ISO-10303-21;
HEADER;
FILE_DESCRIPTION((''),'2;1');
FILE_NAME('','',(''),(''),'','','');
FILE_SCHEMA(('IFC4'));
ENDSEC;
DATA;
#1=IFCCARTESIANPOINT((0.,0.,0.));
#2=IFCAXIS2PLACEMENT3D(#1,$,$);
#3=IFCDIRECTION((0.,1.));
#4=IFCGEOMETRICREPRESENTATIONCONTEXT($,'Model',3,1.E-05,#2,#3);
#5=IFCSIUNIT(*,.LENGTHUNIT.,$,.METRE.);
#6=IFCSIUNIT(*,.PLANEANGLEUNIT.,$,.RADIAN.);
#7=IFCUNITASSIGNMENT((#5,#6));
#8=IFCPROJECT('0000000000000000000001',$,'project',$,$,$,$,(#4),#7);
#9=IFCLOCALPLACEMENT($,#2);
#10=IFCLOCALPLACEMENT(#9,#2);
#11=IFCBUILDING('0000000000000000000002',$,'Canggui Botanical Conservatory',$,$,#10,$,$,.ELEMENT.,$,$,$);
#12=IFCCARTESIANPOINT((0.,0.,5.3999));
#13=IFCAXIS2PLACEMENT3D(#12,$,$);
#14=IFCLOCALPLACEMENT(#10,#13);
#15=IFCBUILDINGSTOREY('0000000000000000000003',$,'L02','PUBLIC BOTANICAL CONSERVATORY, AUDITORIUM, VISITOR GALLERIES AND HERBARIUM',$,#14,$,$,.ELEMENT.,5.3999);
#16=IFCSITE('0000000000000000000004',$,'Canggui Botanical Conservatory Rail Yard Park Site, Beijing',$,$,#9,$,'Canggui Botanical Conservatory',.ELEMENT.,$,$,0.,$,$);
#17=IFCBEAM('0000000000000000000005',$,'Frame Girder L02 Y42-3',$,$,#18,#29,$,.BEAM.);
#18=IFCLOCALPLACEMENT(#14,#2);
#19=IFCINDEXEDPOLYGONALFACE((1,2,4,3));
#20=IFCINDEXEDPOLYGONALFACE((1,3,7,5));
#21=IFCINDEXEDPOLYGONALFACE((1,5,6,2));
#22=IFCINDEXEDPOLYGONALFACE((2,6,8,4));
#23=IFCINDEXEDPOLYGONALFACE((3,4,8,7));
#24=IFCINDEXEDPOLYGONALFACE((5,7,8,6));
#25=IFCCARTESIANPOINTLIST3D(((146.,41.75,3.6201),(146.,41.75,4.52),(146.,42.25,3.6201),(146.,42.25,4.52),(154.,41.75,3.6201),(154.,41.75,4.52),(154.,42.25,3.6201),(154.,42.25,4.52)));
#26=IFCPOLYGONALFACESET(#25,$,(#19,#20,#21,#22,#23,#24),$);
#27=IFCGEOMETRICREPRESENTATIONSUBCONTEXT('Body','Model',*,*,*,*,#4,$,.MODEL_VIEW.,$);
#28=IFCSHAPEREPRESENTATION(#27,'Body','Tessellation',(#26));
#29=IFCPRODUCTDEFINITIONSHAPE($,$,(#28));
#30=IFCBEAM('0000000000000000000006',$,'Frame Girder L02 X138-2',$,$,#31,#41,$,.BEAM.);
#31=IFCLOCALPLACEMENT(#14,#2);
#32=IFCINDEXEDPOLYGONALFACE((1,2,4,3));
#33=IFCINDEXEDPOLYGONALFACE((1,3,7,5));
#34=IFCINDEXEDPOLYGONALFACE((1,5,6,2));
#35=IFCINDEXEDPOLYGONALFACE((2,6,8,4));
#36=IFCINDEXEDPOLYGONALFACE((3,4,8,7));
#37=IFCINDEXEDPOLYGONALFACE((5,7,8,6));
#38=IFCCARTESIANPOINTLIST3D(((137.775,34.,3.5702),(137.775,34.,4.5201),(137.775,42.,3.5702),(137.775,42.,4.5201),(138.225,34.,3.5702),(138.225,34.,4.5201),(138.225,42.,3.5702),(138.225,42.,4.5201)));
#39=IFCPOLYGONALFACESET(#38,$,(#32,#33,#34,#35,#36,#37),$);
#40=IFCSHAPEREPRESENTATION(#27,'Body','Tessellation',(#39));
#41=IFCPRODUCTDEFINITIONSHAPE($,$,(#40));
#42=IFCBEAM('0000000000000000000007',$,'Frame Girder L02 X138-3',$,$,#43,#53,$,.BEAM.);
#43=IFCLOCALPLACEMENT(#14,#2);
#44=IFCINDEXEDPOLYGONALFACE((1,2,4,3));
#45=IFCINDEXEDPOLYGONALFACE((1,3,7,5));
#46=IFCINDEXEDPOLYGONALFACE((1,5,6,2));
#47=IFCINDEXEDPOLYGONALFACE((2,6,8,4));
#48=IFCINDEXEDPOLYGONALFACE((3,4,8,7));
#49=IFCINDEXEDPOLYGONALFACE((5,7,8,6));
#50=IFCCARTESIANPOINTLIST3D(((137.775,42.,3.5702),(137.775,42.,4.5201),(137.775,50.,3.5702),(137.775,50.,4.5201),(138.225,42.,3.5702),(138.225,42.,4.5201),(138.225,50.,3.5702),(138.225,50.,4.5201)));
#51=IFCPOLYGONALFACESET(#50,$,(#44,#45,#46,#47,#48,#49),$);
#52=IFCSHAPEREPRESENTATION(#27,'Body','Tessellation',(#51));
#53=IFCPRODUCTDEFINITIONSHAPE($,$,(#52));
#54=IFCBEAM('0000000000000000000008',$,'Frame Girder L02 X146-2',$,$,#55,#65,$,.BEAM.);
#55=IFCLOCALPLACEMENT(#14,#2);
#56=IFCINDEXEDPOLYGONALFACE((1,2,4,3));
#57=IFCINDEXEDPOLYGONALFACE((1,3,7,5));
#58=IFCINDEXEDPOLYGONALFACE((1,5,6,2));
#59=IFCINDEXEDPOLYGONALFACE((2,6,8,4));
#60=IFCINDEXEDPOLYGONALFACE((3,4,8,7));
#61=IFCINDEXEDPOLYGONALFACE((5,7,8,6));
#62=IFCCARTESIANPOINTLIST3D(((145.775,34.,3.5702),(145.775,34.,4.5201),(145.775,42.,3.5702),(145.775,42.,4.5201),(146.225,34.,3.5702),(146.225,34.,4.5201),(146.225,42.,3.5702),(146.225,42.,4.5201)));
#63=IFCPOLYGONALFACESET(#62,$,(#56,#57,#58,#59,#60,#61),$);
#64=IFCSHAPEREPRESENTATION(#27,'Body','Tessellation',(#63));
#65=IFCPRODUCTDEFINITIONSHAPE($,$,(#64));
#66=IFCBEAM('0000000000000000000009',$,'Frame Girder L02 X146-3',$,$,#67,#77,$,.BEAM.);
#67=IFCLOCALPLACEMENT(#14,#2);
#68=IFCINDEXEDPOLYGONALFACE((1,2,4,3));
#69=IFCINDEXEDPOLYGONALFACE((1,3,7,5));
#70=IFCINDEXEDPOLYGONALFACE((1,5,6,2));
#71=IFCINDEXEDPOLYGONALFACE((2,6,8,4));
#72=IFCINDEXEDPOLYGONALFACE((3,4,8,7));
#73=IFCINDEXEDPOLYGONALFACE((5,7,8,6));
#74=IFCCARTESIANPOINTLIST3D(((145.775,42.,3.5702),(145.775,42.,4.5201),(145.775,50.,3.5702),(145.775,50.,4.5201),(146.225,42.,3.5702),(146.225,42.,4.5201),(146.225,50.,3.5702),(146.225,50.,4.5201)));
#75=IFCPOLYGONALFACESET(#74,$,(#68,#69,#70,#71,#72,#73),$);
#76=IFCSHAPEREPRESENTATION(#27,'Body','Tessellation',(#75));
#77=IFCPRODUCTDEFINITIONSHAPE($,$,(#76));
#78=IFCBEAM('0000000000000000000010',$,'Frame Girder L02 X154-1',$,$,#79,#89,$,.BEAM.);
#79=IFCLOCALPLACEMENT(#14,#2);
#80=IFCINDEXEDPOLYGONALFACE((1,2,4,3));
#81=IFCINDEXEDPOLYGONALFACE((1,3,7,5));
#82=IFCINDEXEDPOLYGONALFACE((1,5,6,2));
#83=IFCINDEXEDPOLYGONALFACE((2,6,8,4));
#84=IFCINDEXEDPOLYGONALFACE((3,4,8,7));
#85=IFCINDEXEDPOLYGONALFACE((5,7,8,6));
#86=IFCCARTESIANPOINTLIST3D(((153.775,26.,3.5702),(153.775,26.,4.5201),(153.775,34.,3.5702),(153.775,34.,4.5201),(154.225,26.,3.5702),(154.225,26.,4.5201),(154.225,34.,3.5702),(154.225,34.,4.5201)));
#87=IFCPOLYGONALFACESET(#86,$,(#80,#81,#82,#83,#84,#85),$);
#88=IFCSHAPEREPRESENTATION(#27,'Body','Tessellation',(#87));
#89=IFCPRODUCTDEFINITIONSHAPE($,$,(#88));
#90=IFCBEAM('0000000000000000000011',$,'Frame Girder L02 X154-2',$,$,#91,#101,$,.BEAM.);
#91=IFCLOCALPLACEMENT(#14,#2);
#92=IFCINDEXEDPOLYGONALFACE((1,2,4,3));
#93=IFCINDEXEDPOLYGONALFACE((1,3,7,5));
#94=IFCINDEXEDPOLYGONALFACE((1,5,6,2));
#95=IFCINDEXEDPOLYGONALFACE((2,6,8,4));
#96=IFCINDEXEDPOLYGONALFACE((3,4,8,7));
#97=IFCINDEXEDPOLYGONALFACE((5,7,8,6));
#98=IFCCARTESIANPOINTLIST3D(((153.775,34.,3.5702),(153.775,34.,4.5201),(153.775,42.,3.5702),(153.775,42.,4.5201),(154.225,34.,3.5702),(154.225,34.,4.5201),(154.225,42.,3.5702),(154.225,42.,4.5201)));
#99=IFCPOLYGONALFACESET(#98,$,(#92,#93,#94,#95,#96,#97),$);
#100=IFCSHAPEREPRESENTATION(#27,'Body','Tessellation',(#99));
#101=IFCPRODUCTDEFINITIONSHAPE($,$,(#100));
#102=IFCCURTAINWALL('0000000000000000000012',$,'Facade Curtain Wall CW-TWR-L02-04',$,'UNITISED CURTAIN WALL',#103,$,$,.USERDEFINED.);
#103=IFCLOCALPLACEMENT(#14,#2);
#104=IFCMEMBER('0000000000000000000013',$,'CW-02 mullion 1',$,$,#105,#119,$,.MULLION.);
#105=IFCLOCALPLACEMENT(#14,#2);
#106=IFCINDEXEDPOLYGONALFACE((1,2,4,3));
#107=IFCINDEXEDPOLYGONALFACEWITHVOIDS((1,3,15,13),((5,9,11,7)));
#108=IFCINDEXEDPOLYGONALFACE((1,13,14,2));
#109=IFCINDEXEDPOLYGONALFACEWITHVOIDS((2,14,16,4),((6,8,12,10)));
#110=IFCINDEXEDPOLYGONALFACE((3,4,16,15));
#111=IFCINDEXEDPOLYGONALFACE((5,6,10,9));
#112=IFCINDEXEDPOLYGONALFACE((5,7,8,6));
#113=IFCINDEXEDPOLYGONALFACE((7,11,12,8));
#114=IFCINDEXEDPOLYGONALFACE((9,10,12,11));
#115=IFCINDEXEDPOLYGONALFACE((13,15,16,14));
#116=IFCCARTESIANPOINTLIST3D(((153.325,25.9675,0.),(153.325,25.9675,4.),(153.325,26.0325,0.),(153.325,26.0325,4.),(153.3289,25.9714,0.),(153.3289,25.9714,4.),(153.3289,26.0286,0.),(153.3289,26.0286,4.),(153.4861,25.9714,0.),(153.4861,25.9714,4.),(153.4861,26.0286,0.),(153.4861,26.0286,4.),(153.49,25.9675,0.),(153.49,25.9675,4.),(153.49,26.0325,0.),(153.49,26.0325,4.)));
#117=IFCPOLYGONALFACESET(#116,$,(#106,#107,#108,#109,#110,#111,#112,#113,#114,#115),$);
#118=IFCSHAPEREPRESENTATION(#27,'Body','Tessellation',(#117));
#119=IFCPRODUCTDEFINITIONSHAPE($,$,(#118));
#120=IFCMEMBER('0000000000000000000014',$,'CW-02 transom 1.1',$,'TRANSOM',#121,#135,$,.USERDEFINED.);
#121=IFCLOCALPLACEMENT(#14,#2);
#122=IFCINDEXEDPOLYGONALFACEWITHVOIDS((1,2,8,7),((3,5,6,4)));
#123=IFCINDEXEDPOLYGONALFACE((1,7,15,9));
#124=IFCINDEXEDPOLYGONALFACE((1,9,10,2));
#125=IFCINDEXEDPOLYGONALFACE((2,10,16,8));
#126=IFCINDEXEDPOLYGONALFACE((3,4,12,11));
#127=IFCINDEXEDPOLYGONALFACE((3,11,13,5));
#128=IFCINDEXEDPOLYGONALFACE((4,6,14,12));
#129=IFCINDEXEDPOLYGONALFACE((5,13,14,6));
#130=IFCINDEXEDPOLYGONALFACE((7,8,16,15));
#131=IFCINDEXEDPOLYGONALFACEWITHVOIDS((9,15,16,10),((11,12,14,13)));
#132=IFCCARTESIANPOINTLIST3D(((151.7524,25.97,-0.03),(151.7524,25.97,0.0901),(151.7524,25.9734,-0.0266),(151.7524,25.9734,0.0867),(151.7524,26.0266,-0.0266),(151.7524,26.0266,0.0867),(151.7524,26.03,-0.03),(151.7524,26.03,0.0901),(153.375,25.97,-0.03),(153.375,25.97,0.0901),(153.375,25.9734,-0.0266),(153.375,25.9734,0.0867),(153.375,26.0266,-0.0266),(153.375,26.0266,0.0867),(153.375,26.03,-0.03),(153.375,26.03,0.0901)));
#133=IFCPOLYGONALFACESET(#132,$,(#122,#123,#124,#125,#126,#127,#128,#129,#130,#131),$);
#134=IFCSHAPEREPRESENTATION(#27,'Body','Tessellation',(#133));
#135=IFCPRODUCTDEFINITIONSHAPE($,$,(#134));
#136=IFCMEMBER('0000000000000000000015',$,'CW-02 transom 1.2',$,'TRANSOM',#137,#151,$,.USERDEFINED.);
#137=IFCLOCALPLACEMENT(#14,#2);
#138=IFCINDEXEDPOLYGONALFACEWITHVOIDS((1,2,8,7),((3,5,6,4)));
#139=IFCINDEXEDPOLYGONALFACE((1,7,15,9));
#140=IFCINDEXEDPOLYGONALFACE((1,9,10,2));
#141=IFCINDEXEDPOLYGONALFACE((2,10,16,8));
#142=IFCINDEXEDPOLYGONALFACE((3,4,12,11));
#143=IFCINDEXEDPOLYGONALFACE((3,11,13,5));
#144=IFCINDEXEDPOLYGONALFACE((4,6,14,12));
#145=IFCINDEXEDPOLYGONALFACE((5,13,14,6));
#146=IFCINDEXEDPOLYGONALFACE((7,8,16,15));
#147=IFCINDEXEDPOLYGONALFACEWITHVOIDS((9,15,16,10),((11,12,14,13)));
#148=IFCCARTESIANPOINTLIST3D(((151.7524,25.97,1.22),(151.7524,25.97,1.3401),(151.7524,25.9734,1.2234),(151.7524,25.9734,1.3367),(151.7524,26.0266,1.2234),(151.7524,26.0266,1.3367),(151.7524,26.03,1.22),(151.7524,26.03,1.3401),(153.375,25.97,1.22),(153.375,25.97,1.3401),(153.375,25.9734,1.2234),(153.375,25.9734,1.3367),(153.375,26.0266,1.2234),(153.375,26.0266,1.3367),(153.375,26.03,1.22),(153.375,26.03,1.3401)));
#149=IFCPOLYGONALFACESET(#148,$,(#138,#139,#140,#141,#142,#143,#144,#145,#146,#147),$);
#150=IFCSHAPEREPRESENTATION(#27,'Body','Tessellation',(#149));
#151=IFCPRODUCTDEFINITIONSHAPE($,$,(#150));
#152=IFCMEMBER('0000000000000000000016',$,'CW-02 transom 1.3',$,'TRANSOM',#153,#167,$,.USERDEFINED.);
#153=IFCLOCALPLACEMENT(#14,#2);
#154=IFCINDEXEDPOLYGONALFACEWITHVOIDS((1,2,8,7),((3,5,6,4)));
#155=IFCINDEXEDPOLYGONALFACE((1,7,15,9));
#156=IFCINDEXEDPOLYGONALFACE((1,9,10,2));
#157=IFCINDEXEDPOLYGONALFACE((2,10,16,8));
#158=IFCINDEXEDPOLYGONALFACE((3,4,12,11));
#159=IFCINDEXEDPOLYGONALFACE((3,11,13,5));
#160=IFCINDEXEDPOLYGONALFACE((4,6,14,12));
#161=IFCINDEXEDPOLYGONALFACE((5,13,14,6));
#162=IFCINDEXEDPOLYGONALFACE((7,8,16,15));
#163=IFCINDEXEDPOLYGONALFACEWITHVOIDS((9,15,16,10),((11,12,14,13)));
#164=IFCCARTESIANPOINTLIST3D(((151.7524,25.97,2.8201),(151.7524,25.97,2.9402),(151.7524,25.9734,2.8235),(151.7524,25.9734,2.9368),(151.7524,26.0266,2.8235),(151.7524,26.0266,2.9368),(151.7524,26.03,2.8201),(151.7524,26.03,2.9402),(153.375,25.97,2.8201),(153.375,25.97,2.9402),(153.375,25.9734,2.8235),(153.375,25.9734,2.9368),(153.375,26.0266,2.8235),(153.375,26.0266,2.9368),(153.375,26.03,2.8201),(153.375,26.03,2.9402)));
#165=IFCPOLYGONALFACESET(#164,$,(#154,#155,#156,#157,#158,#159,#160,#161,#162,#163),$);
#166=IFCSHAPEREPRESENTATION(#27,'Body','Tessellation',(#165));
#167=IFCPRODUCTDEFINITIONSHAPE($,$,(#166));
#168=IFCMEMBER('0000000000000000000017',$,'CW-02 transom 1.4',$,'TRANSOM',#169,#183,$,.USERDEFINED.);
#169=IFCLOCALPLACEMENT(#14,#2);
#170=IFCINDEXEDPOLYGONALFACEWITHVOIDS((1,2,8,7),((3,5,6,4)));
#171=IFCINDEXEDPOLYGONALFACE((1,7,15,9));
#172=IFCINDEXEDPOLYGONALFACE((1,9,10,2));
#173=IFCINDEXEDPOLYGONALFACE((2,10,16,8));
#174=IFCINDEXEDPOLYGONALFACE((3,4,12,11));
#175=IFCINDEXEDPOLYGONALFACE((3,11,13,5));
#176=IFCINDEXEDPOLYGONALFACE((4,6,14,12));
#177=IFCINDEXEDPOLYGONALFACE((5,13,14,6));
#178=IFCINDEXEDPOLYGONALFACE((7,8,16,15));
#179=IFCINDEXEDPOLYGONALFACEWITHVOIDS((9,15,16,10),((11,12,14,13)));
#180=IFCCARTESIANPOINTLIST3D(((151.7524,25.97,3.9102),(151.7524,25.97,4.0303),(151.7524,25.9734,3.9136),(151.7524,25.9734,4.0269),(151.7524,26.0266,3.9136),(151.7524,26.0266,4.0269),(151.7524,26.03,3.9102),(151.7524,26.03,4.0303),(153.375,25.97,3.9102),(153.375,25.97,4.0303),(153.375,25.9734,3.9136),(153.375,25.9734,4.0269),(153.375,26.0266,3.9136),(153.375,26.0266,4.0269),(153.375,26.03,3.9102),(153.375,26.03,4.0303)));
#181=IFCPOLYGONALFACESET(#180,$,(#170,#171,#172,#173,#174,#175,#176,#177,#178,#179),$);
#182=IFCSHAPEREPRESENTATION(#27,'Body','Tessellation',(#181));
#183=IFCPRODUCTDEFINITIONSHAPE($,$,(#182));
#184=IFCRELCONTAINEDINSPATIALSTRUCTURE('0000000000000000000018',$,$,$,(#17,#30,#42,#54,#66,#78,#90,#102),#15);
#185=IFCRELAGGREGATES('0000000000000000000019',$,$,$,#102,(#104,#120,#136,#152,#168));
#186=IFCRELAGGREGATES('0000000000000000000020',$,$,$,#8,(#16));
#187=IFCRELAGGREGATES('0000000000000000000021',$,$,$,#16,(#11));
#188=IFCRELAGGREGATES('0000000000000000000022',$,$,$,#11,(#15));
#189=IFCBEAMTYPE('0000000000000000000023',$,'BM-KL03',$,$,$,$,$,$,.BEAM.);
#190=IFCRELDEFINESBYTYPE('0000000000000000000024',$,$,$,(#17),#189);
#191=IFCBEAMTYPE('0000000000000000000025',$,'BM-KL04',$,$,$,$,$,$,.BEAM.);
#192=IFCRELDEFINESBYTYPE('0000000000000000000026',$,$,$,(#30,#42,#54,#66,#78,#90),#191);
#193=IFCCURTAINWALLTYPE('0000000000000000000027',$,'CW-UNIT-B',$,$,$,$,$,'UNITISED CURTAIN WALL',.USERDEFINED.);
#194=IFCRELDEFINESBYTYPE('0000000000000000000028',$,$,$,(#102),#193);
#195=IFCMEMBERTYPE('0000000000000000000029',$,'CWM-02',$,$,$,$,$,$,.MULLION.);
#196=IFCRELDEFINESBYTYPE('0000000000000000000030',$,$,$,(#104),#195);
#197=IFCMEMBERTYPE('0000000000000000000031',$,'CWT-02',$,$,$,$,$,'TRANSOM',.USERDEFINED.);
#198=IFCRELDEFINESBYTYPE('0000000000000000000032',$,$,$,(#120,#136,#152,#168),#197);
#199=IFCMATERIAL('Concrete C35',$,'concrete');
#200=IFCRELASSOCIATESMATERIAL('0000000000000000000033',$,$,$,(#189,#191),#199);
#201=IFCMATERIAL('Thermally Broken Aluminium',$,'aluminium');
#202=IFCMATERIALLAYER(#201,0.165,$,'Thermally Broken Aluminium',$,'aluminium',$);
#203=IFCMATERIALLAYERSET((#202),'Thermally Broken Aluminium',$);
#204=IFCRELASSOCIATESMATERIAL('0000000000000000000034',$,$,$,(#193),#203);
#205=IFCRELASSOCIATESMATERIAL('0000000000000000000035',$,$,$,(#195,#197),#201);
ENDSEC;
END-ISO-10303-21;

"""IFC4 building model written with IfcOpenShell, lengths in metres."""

from ifc_helpers import new_model, si_unit, direction, frame, origin, origin_2d, place, context, subcontext, project, spatial, rectangle, hollow_rectangle, extrude, material, layer, layer_set, material_profile, profile_set, type_object, element, aggregate, save


model = new_model("IFC4")

# Units and contexts
model_context = context("Model", 3, precision=1e-05, world=origin(), true_north=direction((0.0, 1.0)))
body_context = subcontext(model_context, "Body", "Model", "MODEL_VIEW")
ifc_project = project(units=[si_unit("LENGTHUNIT", "METRE"), si_unit("PLANEANGLEUNIT", "RADIAN")], contexts=[model_context])

# Site, building, storey
site_placement = place(None, origin())
site = spatial("IfcSite", under=ifc_project, at=site_placement, Name="Canggui Botanical Conservatory Rail Yard Park Site, Beijing", LongName="Canggui Botanical Conservatory", CompositionType="ELEMENT", RefElevation=0.0)
building_placement = place(site_placement, origin())
building = spatial("IfcBuilding", under=site, at=building_placement, Name="Canggui Botanical Conservatory", CompositionType="ELEMENT")
storey_placement = place(building_placement, frame((0.0, 0.0, 5.3999)))
storey = spatial("IfcBuildingStorey", under=building, at=storey_placement, Name="L02", Description="PUBLIC BOTANICAL CONSERVATORY, AUDITORIUM, VISITOR GALLERIES AND HERBARIUM", CompositionType="ELEMENT", Elevation=5.3999)

# Beams
ifc_material_1 = material(Name="Concrete C35", Category="concrete")
ifc_material_profile_1 = material_profile(ifc_material_1, rectangle(XDim=0.5, YDim=0.8999, at=origin_2d()), Name="RB 500x900")
ifc_profile_set_1 = profile_set([ifc_material_profile_1], Name="Concrete C35")
beam_type_1 = type_object("IfcBeamType", Name="BM-KL03", PredefinedType="BEAM", material=ifc_profile_set_1)
for number, where, z_axis, x_axis, name in (
    (1, (146.0, 42.0, 4.0701), (1.0, 0.0, 0.0), (0.0, 1.0, 0.0), "Frame Girder L02 Y42-3"),
):
    element("IfcBeam", number, at=place(storey_placement, frame(where, z_axis=z_axis, x_axis=x_axis)), inside=storey, type_object=beam_type_1, Name=name, PredefinedType="BEAM", context=body_context, shape_type="SweptSolid", body=[
        extrude(rectangle(XDim=0.5, YDim=0.8999, at=origin_2d()), origin(), (0.0, 0.0, 1.0), 8.0),
    ])
ifc_material_profile_2 = material_profile(ifc_material_1, rectangle(XDim=0.45, YDim=0.95, at=origin_2d()), Name="RB 450x950")
ifc_profile_set_2 = profile_set([ifc_material_profile_2], Name="Concrete C35")
beam_type_2 = type_object("IfcBeamType", Name="BM-KL04", PredefinedType="BEAM", material=ifc_profile_set_2)
for number, where, z_axis, x_axis, name in (
    (2, (138.0, 34.0, 4.0452), (0.0, 1.0, 0.0), (-1.0, 0.0, 0.0), "Frame Girder L02 X138-2"),
    (3, (138.0, 42.0, 4.0452), (0.0, 1.0, 0.0), (-1.0, 0.0, 0.0), "Frame Girder L02 X138-3"),
    (4, (146.0, 34.0, 4.0452), (0.0, 1.0, 0.0), (-1.0, 0.0, 0.0), "Frame Girder L02 X146-2"),
    (5, (146.0, 42.0, 4.0452), (0.0, 1.0, 0.0), (-1.0, 0.0, 0.0), "Frame Girder L02 X146-3"),
    (6, (154.0, 26.0, 4.0452), (0.0, 1.0, 0.0), (-1.0, 0.0, 0.0), "Frame Girder L02 X154-1"),
    (7, (154.0, 34.0, 4.0452), (0.0, 1.0, 0.0), (-1.0, 0.0, 0.0), "Frame Girder L02 X154-2"),
):
    element("IfcBeam", number, at=place(storey_placement, frame(where, z_axis=z_axis, x_axis=x_axis)), inside=storey, type_object=beam_type_2, Name=name, PredefinedType="BEAM", context=body_context, shape_type="SweptSolid", body=[
        extrude(rectangle(XDim=0.45, YDim=0.95, at=origin_2d()), origin(), (0.0, 0.0, 1.0), 8.0),
    ])

# Curtain wall, members
ifc_material_2 = material(Name="Thermally Broken Aluminium", Category="aluminium")
ifc_layer_1 = layer(ifc_material_2, 0.165, Name="Thermally Broken Aluminium", Category="aluminium")
ifc_layer_set_1 = layer_set([ifc_layer_1], Name="Thermally Broken Aluminium")
curtain_wall_type = type_object("IfcCurtainWallType", Name="CW-UNIT-B", ElementType="UNITISED CURTAIN WALL", PredefinedType="USERDEFINED", material=ifc_layer_set_1)
curtain_wall_placement = place(storey_placement, origin())
curtain_wall = element("IfcCurtainWall", 8, at=curtain_wall_placement, inside=storey, type_object=curtain_wall_type, Name="Facade Curtain Wall CW-TWR-L02-04", ObjectType="UNITISED CURTAIN WALL", PredefinedType="USERDEFINED")
ifc_material_profile_3 = material_profile(ifc_material_2, hollow_rectangle(XDim=0.0649, YDim=0.165, WallThickness=0.0039, at=origin_2d()), Name="CWM 65x165x4")
ifc_profile_set_3 = profile_set([ifc_material_profile_3], Name="Thermally Broken Aluminium")
member_type_1 = type_object("IfcMemberType", Name="CWM-02", PredefinedType="MULLION", material=ifc_profile_set_3)
member_1_placement = place(storey_placement, frame((153.4075, 26.0, 0.0), z_axis=(0.0, 0.0, 1.0), x_axis=(0.0, -1.0, 0.0)))
member_1 = element("IfcMember", 9, at=member_1_placement, type_object=member_type_1, Name="CW-02 mullion 1", PredefinedType="MULLION", context=body_context, shape_type="SweptSolid", body=[
    extrude(hollow_rectangle(XDim=0.0649, YDim=0.165, WallThickness=0.0039, at=origin_2d()), origin(), (0.0, 0.0, 1.0), 4.0),
])
ifc_material_profile_4 = material_profile(ifc_material_2, hollow_rectangle(XDim=0.0601, YDim=0.1201, WallThickness=0.0034, at=origin_2d()), Name="CWT 60x120x3.5")
ifc_profile_set_4 = profile_set([ifc_material_profile_4], Name="Thermally Broken Aluminium")
member_type_2 = type_object("IfcMemberType", Name="CWT-02", ElementType="TRANSOM", PredefinedType="USERDEFINED", material=ifc_profile_set_4)
member_2_placement = place(storey_placement, frame((153.375, 26.0, 0.03), z_axis=(-1.0, 0.0, 0.0), x_axis=(0.0, -1.0, 0.0)))
member_2 = element("IfcMember", 10, at=member_2_placement, type_object=member_type_2, Name="CW-02 transom 1.1", ObjectType="TRANSOM", PredefinedType="USERDEFINED", context=body_context, shape_type="SweptSolid", body=[
    extrude(hollow_rectangle(XDim=0.0601, YDim=0.1201, WallThickness=0.0034, at=origin_2d()), origin(), (0.0, 0.0, 1.0), 1.6226),
])
member_3_placement = place(storey_placement, frame((153.375, 26.0, 1.28), z_axis=(-1.0, 0.0, 0.0), x_axis=(0.0, -1.0, 0.0)))
member_3 = element("IfcMember", 11, at=member_3_placement, type_object=member_type_2, Name="CW-02 transom 1.2", ObjectType="TRANSOM", PredefinedType="USERDEFINED", context=body_context, shape_type="SweptSolid", body=[
    extrude(hollow_rectangle(XDim=0.0601, YDim=0.1201, WallThickness=0.0034, at=origin_2d()), origin(), (0.0, 0.0, 1.0), 1.6226),
])
member_4_placement = place(storey_placement, frame((153.375, 26.0, 2.8801), z_axis=(-1.0, 0.0, 0.0), x_axis=(0.0, -1.0, 0.0)))
member_4 = element("IfcMember", 12, at=member_4_placement, type_object=member_type_2, Name="CW-02 transom 1.3", ObjectType="TRANSOM", PredefinedType="USERDEFINED", context=body_context, shape_type="SweptSolid", body=[
    extrude(hollow_rectangle(XDim=0.0601, YDim=0.1201, WallThickness=0.0034, at=origin_2d()), origin(), (0.0, 0.0, 1.0), 1.6226),
])
member_5_placement = place(storey_placement, frame((153.375, 26.0, 3.9702), z_axis=(-1.0, 0.0, 0.0), x_axis=(0.0, -1.0, 0.0)))
member_5 = element("IfcMember", 13, at=member_5_placement, type_object=member_type_2, Name="CW-02 transom 1.4", ObjectType="TRANSOM", PredefinedType="USERDEFINED", context=body_context, shape_type="SweptSolid", body=[
    extrude(hollow_rectangle(XDim=0.0601, YDim=0.1201, WallThickness=0.0034, at=origin_2d()), origin(), (0.0, 0.0, 1.0), 1.6226),
])
aggregate(curtain_wall, [member_1, member_2, member_3, member_4, member_5])

save(model, "model.ifc")
